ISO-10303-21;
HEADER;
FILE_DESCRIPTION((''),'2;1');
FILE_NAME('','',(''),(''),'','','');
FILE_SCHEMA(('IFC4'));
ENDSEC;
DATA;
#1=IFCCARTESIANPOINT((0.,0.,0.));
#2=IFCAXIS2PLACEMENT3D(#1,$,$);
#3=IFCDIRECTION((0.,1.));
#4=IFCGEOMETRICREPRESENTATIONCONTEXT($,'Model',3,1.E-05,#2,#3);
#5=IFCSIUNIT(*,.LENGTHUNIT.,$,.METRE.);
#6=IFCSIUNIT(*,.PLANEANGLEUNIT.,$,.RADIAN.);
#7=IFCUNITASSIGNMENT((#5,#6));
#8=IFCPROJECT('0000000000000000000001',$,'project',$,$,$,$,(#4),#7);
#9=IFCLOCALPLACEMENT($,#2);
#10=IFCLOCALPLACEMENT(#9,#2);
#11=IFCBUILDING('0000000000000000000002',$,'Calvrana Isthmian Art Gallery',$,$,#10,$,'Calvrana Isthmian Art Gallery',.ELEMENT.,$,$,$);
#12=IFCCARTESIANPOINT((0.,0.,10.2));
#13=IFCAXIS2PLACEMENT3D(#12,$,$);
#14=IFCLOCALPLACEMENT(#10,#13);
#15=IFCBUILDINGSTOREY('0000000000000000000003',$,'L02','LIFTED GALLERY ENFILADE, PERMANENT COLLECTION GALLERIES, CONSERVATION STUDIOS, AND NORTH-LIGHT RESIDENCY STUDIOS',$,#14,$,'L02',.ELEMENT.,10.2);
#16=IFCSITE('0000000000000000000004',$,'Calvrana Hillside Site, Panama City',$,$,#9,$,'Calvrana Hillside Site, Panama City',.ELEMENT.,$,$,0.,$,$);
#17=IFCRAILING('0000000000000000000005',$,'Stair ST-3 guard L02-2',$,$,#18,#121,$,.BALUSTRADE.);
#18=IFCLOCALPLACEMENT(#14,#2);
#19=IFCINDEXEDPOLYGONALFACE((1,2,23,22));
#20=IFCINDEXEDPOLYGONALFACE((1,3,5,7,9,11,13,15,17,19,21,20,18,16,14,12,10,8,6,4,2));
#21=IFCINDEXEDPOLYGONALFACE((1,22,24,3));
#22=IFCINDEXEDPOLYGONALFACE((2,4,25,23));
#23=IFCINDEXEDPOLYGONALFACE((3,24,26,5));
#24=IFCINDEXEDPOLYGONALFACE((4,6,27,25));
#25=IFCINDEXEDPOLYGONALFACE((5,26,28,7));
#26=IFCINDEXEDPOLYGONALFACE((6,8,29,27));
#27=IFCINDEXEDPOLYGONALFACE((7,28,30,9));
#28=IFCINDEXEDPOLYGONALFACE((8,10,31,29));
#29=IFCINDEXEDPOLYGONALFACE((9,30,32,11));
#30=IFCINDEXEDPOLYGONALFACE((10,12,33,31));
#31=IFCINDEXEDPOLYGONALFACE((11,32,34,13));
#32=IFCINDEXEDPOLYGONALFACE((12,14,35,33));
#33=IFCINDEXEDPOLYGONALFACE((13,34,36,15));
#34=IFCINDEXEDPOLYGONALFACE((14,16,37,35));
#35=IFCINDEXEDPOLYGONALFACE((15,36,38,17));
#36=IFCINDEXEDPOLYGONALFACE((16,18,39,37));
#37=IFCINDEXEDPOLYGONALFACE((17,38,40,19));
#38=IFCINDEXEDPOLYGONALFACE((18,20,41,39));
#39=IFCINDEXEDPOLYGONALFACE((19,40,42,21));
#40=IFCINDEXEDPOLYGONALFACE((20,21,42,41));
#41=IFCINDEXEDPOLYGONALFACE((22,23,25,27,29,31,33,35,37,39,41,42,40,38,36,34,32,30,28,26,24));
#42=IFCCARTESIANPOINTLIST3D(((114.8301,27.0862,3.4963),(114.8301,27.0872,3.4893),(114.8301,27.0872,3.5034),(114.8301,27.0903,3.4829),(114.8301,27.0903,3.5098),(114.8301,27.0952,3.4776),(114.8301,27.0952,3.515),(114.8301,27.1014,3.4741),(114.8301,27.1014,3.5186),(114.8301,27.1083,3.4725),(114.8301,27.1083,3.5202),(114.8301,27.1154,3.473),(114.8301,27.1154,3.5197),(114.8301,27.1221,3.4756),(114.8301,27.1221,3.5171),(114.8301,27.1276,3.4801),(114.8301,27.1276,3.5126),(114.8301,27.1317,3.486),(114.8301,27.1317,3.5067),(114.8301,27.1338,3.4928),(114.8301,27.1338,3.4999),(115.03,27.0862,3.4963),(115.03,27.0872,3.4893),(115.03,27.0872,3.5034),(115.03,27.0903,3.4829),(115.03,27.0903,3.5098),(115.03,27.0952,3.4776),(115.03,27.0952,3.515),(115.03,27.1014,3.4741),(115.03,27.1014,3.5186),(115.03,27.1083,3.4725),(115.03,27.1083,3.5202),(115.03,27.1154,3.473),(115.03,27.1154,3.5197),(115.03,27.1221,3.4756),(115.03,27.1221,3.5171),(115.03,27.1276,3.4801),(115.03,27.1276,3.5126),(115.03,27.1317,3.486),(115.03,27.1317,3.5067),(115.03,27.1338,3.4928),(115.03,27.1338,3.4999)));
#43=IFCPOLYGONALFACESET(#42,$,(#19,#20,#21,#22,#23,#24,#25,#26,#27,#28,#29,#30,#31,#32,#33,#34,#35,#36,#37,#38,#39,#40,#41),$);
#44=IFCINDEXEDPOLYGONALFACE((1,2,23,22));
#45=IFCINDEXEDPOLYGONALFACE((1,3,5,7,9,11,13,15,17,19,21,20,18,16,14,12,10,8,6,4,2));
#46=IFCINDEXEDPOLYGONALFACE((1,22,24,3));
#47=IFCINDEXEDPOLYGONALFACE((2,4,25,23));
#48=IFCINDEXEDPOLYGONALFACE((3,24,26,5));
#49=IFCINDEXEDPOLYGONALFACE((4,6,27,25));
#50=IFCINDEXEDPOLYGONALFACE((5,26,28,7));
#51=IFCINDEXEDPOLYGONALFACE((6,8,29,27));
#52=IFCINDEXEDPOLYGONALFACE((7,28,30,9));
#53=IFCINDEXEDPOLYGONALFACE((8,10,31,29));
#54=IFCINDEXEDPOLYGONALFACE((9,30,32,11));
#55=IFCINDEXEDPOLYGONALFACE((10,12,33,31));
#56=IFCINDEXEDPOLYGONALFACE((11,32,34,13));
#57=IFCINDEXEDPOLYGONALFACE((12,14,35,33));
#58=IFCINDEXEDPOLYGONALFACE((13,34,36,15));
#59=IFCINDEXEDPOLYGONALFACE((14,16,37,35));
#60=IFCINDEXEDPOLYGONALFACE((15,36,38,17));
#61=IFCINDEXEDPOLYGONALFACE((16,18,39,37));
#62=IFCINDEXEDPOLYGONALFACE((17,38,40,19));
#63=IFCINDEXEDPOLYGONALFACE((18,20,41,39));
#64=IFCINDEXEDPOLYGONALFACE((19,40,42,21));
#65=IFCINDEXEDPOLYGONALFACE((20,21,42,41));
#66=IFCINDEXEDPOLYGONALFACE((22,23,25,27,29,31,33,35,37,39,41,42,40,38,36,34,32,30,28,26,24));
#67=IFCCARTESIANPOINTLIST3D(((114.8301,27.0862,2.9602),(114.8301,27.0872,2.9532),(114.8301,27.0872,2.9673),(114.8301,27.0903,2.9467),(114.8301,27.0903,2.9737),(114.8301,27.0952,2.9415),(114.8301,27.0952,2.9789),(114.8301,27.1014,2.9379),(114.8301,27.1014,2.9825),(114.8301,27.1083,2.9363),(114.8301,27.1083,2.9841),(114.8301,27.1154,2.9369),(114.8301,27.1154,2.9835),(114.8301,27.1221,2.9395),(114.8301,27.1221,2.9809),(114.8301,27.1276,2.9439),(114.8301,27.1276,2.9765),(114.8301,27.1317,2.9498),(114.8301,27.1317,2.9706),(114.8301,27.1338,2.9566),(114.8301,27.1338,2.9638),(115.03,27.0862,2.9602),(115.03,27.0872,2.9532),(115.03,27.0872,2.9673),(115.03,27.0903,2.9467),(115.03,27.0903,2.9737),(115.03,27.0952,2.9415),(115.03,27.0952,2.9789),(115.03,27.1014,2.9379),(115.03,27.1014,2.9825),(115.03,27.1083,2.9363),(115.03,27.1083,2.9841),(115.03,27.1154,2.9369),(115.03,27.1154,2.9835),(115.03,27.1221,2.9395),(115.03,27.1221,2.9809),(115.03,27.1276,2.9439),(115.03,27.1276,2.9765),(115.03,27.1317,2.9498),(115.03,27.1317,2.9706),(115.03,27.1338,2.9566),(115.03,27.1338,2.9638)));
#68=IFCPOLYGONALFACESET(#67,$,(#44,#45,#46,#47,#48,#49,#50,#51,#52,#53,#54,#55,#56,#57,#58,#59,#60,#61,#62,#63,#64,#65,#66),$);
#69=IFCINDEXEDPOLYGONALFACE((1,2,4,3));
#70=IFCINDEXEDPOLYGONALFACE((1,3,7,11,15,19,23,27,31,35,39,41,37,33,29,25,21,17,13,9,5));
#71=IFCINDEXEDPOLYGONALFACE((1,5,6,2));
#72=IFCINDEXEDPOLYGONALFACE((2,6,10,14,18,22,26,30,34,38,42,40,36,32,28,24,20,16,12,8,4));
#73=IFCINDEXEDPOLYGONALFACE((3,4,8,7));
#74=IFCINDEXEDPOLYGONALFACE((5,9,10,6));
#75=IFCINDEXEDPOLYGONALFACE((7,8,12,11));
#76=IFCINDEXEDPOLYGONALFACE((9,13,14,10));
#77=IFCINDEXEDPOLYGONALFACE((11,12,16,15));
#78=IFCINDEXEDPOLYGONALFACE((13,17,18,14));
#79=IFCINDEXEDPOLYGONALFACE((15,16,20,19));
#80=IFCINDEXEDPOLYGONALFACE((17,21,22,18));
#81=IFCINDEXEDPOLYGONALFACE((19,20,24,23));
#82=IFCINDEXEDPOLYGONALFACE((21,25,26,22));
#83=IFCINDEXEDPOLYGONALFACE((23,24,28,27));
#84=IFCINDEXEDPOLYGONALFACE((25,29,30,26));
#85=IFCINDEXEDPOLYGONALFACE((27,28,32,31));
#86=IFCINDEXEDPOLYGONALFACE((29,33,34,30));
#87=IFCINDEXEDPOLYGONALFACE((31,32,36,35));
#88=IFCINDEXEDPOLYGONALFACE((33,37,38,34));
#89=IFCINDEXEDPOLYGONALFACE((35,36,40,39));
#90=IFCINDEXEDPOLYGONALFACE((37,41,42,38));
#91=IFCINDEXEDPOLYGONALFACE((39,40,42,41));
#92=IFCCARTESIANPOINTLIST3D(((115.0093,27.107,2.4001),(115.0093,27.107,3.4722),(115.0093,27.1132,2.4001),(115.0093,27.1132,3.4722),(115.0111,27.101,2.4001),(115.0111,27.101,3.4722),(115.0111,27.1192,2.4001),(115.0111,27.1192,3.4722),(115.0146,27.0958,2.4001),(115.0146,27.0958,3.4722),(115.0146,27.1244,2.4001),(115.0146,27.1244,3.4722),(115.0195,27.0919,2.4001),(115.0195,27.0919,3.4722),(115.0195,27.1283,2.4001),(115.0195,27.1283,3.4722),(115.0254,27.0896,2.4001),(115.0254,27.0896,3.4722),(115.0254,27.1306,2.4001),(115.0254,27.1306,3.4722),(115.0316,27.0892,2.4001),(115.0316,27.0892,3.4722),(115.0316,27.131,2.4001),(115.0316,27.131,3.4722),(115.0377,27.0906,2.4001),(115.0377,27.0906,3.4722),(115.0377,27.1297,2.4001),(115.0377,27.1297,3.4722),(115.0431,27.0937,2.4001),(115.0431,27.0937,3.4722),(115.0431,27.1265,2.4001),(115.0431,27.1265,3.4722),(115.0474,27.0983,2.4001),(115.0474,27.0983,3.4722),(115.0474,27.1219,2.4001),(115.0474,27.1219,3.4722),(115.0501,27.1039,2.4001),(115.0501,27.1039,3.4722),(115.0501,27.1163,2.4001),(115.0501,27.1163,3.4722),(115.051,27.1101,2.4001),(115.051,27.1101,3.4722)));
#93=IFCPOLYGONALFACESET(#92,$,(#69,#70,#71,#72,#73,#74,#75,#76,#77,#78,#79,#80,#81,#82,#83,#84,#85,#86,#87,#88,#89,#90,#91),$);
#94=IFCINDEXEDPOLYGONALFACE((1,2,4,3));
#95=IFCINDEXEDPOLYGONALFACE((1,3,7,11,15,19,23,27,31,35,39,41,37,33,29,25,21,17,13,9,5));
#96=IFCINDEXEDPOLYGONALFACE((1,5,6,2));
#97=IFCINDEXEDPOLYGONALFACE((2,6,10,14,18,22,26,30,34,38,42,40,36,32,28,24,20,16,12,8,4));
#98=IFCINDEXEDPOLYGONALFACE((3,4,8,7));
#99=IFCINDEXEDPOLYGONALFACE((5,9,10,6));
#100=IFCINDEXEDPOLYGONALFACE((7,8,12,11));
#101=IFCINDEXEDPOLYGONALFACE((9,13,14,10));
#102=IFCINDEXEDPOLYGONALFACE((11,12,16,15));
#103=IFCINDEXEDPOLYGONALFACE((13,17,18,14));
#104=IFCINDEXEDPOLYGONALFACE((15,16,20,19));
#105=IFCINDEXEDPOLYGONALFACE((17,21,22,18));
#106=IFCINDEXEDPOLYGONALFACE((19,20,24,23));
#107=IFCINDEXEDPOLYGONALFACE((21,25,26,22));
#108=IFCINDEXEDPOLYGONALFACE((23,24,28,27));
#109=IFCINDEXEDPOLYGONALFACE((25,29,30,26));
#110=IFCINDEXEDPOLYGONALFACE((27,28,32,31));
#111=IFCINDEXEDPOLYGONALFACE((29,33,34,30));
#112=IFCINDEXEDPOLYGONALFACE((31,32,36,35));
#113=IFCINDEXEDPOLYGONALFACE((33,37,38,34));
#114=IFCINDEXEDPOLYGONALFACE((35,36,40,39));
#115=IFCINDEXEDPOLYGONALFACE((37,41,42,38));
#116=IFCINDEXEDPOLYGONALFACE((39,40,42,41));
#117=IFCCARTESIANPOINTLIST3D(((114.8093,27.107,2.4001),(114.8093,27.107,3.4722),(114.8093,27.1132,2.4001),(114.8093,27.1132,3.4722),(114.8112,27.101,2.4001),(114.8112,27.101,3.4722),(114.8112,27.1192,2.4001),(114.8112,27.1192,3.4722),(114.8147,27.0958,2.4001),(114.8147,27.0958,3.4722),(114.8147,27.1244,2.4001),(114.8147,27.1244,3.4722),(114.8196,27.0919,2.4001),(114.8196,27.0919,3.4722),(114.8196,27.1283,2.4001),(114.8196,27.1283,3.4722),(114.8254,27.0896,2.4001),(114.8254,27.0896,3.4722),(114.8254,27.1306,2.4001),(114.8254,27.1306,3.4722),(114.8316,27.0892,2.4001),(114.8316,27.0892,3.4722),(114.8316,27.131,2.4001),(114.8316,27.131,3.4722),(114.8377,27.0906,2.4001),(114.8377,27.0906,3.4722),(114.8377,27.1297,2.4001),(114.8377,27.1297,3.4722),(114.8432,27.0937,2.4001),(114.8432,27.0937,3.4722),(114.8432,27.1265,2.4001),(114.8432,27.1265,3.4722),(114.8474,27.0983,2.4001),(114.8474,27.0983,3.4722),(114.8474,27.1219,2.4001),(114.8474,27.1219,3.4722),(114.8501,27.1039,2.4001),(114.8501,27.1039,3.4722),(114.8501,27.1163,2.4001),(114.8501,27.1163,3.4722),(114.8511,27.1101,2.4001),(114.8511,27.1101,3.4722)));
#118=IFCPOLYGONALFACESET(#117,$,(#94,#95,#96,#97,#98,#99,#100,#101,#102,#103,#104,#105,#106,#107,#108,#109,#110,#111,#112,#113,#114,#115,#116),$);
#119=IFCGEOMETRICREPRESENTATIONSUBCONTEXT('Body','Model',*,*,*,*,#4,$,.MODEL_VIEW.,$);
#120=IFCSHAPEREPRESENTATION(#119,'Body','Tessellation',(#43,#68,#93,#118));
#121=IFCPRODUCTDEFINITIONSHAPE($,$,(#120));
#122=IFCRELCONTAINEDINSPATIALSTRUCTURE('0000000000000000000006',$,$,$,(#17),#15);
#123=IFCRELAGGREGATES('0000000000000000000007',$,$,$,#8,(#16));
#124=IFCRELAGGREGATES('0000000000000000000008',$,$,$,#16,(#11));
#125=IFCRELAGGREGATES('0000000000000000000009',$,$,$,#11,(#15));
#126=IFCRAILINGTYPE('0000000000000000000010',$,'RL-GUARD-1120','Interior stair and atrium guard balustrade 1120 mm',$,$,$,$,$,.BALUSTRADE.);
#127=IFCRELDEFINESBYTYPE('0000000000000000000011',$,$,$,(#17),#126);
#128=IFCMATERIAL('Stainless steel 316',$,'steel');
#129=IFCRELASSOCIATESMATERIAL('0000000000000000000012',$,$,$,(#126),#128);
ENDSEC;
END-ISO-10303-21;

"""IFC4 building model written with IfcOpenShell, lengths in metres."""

from ifc_helpers import new_model, si_unit, direction, frame, origin, origin_2d, place, context, subcontext, project, spatial, circle, extrude, material, type_object, element, save


model = new_model("IFC4")

# Units and contexts
model_context = context("Model", 3, precision=1e-05, world=origin(), true_north=direction((0.0, 1.0)))
body_context = subcontext(model_context, "Body", "Model", "MODEL_VIEW")
ifc_project = project(units=[si_unit("LENGTHUNIT", "METRE"), si_unit("PLANEANGLEUNIT", "RADIAN")], contexts=[model_context])

# Site, building, storey
site_placement = place(None, origin())
site = spatial("IfcSite", under=ifc_project, at=site_placement, Name="Calvrana Hillside Site, Panama City", LongName="Calvrana Hillside Site, Panama City", CompositionType="ELEMENT", RefElevation=0.0)
building_placement = place(site_placement, origin())
building = spatial("IfcBuilding", under=site, at=building_placement, Name="Calvrana Isthmian Art Gallery", LongName="Calvrana Isthmian Art Gallery", CompositionType="ELEMENT")
storey_placement = place(building_placement, frame((0.0, 0.0, 10.2)))
storey = spatial("IfcBuildingStorey", under=building, at=storey_placement, Name="L02", Description="LIFTED GALLERY ENFILADE, PERMANENT COLLECTION GALLERIES, CONSERVATION STUDIOS, AND NORTH-LIGHT RESIDENCY STUDIOS", LongName="L02", CompositionType="ELEMENT", Elevation=10.2)

# Shared definitions
ifc_material_1 = material(Name="Stainless steel 316", Category="steel")

# Railing
railing_type_1 = type_object("IfcRailingType", Name="RL-GUARD-1120", Description="Interior stair and atrium guard balustrade 1120 mm", PredefinedType="BALUSTRADE", material=ifc_material_1)
railing_1_placement = place(storey_placement, frame((115.03, 27.1101, 2.4001)))
element("IfcRailing", 1, at=railing_1_placement, inside=storey, type_object=railing_type_1, Name="Stair ST-3 guard L02-2", PredefinedType="BALUSTRADE", context=body_context, shape_type="SweptSolid", body=[
    extrude(circle(Radius=0.0239, at=origin_2d()), frame((0.0, 0.0, 1.0962), z_axis=(-1.0, 0.0, 0.0), x_axis=(0.0, -1.0, 0.0)), (0.0, 0.0, 1.0), 0.2),
    extrude(circle(Radius=0.0239, at=origin_2d()), frame((0.0, 0.0, 0.5601), z_axis=(-1.0, 0.0, 0.0), x_axis=(0.0, -1.0, 0.0)), (0.0, 0.0, 1.0), 0.2),
    extrude(circle(Radius=0.021, at=origin_2d()), origin(), (0.0, 0.0, 1.0), 1.072),
    extrude(circle(Radius=0.021, at=origin_2d()), frame((-0.2, 0.0, 0.0)), (0.0, 0.0, 1.0), 1.072),
])

save(model, "model.ifc")
